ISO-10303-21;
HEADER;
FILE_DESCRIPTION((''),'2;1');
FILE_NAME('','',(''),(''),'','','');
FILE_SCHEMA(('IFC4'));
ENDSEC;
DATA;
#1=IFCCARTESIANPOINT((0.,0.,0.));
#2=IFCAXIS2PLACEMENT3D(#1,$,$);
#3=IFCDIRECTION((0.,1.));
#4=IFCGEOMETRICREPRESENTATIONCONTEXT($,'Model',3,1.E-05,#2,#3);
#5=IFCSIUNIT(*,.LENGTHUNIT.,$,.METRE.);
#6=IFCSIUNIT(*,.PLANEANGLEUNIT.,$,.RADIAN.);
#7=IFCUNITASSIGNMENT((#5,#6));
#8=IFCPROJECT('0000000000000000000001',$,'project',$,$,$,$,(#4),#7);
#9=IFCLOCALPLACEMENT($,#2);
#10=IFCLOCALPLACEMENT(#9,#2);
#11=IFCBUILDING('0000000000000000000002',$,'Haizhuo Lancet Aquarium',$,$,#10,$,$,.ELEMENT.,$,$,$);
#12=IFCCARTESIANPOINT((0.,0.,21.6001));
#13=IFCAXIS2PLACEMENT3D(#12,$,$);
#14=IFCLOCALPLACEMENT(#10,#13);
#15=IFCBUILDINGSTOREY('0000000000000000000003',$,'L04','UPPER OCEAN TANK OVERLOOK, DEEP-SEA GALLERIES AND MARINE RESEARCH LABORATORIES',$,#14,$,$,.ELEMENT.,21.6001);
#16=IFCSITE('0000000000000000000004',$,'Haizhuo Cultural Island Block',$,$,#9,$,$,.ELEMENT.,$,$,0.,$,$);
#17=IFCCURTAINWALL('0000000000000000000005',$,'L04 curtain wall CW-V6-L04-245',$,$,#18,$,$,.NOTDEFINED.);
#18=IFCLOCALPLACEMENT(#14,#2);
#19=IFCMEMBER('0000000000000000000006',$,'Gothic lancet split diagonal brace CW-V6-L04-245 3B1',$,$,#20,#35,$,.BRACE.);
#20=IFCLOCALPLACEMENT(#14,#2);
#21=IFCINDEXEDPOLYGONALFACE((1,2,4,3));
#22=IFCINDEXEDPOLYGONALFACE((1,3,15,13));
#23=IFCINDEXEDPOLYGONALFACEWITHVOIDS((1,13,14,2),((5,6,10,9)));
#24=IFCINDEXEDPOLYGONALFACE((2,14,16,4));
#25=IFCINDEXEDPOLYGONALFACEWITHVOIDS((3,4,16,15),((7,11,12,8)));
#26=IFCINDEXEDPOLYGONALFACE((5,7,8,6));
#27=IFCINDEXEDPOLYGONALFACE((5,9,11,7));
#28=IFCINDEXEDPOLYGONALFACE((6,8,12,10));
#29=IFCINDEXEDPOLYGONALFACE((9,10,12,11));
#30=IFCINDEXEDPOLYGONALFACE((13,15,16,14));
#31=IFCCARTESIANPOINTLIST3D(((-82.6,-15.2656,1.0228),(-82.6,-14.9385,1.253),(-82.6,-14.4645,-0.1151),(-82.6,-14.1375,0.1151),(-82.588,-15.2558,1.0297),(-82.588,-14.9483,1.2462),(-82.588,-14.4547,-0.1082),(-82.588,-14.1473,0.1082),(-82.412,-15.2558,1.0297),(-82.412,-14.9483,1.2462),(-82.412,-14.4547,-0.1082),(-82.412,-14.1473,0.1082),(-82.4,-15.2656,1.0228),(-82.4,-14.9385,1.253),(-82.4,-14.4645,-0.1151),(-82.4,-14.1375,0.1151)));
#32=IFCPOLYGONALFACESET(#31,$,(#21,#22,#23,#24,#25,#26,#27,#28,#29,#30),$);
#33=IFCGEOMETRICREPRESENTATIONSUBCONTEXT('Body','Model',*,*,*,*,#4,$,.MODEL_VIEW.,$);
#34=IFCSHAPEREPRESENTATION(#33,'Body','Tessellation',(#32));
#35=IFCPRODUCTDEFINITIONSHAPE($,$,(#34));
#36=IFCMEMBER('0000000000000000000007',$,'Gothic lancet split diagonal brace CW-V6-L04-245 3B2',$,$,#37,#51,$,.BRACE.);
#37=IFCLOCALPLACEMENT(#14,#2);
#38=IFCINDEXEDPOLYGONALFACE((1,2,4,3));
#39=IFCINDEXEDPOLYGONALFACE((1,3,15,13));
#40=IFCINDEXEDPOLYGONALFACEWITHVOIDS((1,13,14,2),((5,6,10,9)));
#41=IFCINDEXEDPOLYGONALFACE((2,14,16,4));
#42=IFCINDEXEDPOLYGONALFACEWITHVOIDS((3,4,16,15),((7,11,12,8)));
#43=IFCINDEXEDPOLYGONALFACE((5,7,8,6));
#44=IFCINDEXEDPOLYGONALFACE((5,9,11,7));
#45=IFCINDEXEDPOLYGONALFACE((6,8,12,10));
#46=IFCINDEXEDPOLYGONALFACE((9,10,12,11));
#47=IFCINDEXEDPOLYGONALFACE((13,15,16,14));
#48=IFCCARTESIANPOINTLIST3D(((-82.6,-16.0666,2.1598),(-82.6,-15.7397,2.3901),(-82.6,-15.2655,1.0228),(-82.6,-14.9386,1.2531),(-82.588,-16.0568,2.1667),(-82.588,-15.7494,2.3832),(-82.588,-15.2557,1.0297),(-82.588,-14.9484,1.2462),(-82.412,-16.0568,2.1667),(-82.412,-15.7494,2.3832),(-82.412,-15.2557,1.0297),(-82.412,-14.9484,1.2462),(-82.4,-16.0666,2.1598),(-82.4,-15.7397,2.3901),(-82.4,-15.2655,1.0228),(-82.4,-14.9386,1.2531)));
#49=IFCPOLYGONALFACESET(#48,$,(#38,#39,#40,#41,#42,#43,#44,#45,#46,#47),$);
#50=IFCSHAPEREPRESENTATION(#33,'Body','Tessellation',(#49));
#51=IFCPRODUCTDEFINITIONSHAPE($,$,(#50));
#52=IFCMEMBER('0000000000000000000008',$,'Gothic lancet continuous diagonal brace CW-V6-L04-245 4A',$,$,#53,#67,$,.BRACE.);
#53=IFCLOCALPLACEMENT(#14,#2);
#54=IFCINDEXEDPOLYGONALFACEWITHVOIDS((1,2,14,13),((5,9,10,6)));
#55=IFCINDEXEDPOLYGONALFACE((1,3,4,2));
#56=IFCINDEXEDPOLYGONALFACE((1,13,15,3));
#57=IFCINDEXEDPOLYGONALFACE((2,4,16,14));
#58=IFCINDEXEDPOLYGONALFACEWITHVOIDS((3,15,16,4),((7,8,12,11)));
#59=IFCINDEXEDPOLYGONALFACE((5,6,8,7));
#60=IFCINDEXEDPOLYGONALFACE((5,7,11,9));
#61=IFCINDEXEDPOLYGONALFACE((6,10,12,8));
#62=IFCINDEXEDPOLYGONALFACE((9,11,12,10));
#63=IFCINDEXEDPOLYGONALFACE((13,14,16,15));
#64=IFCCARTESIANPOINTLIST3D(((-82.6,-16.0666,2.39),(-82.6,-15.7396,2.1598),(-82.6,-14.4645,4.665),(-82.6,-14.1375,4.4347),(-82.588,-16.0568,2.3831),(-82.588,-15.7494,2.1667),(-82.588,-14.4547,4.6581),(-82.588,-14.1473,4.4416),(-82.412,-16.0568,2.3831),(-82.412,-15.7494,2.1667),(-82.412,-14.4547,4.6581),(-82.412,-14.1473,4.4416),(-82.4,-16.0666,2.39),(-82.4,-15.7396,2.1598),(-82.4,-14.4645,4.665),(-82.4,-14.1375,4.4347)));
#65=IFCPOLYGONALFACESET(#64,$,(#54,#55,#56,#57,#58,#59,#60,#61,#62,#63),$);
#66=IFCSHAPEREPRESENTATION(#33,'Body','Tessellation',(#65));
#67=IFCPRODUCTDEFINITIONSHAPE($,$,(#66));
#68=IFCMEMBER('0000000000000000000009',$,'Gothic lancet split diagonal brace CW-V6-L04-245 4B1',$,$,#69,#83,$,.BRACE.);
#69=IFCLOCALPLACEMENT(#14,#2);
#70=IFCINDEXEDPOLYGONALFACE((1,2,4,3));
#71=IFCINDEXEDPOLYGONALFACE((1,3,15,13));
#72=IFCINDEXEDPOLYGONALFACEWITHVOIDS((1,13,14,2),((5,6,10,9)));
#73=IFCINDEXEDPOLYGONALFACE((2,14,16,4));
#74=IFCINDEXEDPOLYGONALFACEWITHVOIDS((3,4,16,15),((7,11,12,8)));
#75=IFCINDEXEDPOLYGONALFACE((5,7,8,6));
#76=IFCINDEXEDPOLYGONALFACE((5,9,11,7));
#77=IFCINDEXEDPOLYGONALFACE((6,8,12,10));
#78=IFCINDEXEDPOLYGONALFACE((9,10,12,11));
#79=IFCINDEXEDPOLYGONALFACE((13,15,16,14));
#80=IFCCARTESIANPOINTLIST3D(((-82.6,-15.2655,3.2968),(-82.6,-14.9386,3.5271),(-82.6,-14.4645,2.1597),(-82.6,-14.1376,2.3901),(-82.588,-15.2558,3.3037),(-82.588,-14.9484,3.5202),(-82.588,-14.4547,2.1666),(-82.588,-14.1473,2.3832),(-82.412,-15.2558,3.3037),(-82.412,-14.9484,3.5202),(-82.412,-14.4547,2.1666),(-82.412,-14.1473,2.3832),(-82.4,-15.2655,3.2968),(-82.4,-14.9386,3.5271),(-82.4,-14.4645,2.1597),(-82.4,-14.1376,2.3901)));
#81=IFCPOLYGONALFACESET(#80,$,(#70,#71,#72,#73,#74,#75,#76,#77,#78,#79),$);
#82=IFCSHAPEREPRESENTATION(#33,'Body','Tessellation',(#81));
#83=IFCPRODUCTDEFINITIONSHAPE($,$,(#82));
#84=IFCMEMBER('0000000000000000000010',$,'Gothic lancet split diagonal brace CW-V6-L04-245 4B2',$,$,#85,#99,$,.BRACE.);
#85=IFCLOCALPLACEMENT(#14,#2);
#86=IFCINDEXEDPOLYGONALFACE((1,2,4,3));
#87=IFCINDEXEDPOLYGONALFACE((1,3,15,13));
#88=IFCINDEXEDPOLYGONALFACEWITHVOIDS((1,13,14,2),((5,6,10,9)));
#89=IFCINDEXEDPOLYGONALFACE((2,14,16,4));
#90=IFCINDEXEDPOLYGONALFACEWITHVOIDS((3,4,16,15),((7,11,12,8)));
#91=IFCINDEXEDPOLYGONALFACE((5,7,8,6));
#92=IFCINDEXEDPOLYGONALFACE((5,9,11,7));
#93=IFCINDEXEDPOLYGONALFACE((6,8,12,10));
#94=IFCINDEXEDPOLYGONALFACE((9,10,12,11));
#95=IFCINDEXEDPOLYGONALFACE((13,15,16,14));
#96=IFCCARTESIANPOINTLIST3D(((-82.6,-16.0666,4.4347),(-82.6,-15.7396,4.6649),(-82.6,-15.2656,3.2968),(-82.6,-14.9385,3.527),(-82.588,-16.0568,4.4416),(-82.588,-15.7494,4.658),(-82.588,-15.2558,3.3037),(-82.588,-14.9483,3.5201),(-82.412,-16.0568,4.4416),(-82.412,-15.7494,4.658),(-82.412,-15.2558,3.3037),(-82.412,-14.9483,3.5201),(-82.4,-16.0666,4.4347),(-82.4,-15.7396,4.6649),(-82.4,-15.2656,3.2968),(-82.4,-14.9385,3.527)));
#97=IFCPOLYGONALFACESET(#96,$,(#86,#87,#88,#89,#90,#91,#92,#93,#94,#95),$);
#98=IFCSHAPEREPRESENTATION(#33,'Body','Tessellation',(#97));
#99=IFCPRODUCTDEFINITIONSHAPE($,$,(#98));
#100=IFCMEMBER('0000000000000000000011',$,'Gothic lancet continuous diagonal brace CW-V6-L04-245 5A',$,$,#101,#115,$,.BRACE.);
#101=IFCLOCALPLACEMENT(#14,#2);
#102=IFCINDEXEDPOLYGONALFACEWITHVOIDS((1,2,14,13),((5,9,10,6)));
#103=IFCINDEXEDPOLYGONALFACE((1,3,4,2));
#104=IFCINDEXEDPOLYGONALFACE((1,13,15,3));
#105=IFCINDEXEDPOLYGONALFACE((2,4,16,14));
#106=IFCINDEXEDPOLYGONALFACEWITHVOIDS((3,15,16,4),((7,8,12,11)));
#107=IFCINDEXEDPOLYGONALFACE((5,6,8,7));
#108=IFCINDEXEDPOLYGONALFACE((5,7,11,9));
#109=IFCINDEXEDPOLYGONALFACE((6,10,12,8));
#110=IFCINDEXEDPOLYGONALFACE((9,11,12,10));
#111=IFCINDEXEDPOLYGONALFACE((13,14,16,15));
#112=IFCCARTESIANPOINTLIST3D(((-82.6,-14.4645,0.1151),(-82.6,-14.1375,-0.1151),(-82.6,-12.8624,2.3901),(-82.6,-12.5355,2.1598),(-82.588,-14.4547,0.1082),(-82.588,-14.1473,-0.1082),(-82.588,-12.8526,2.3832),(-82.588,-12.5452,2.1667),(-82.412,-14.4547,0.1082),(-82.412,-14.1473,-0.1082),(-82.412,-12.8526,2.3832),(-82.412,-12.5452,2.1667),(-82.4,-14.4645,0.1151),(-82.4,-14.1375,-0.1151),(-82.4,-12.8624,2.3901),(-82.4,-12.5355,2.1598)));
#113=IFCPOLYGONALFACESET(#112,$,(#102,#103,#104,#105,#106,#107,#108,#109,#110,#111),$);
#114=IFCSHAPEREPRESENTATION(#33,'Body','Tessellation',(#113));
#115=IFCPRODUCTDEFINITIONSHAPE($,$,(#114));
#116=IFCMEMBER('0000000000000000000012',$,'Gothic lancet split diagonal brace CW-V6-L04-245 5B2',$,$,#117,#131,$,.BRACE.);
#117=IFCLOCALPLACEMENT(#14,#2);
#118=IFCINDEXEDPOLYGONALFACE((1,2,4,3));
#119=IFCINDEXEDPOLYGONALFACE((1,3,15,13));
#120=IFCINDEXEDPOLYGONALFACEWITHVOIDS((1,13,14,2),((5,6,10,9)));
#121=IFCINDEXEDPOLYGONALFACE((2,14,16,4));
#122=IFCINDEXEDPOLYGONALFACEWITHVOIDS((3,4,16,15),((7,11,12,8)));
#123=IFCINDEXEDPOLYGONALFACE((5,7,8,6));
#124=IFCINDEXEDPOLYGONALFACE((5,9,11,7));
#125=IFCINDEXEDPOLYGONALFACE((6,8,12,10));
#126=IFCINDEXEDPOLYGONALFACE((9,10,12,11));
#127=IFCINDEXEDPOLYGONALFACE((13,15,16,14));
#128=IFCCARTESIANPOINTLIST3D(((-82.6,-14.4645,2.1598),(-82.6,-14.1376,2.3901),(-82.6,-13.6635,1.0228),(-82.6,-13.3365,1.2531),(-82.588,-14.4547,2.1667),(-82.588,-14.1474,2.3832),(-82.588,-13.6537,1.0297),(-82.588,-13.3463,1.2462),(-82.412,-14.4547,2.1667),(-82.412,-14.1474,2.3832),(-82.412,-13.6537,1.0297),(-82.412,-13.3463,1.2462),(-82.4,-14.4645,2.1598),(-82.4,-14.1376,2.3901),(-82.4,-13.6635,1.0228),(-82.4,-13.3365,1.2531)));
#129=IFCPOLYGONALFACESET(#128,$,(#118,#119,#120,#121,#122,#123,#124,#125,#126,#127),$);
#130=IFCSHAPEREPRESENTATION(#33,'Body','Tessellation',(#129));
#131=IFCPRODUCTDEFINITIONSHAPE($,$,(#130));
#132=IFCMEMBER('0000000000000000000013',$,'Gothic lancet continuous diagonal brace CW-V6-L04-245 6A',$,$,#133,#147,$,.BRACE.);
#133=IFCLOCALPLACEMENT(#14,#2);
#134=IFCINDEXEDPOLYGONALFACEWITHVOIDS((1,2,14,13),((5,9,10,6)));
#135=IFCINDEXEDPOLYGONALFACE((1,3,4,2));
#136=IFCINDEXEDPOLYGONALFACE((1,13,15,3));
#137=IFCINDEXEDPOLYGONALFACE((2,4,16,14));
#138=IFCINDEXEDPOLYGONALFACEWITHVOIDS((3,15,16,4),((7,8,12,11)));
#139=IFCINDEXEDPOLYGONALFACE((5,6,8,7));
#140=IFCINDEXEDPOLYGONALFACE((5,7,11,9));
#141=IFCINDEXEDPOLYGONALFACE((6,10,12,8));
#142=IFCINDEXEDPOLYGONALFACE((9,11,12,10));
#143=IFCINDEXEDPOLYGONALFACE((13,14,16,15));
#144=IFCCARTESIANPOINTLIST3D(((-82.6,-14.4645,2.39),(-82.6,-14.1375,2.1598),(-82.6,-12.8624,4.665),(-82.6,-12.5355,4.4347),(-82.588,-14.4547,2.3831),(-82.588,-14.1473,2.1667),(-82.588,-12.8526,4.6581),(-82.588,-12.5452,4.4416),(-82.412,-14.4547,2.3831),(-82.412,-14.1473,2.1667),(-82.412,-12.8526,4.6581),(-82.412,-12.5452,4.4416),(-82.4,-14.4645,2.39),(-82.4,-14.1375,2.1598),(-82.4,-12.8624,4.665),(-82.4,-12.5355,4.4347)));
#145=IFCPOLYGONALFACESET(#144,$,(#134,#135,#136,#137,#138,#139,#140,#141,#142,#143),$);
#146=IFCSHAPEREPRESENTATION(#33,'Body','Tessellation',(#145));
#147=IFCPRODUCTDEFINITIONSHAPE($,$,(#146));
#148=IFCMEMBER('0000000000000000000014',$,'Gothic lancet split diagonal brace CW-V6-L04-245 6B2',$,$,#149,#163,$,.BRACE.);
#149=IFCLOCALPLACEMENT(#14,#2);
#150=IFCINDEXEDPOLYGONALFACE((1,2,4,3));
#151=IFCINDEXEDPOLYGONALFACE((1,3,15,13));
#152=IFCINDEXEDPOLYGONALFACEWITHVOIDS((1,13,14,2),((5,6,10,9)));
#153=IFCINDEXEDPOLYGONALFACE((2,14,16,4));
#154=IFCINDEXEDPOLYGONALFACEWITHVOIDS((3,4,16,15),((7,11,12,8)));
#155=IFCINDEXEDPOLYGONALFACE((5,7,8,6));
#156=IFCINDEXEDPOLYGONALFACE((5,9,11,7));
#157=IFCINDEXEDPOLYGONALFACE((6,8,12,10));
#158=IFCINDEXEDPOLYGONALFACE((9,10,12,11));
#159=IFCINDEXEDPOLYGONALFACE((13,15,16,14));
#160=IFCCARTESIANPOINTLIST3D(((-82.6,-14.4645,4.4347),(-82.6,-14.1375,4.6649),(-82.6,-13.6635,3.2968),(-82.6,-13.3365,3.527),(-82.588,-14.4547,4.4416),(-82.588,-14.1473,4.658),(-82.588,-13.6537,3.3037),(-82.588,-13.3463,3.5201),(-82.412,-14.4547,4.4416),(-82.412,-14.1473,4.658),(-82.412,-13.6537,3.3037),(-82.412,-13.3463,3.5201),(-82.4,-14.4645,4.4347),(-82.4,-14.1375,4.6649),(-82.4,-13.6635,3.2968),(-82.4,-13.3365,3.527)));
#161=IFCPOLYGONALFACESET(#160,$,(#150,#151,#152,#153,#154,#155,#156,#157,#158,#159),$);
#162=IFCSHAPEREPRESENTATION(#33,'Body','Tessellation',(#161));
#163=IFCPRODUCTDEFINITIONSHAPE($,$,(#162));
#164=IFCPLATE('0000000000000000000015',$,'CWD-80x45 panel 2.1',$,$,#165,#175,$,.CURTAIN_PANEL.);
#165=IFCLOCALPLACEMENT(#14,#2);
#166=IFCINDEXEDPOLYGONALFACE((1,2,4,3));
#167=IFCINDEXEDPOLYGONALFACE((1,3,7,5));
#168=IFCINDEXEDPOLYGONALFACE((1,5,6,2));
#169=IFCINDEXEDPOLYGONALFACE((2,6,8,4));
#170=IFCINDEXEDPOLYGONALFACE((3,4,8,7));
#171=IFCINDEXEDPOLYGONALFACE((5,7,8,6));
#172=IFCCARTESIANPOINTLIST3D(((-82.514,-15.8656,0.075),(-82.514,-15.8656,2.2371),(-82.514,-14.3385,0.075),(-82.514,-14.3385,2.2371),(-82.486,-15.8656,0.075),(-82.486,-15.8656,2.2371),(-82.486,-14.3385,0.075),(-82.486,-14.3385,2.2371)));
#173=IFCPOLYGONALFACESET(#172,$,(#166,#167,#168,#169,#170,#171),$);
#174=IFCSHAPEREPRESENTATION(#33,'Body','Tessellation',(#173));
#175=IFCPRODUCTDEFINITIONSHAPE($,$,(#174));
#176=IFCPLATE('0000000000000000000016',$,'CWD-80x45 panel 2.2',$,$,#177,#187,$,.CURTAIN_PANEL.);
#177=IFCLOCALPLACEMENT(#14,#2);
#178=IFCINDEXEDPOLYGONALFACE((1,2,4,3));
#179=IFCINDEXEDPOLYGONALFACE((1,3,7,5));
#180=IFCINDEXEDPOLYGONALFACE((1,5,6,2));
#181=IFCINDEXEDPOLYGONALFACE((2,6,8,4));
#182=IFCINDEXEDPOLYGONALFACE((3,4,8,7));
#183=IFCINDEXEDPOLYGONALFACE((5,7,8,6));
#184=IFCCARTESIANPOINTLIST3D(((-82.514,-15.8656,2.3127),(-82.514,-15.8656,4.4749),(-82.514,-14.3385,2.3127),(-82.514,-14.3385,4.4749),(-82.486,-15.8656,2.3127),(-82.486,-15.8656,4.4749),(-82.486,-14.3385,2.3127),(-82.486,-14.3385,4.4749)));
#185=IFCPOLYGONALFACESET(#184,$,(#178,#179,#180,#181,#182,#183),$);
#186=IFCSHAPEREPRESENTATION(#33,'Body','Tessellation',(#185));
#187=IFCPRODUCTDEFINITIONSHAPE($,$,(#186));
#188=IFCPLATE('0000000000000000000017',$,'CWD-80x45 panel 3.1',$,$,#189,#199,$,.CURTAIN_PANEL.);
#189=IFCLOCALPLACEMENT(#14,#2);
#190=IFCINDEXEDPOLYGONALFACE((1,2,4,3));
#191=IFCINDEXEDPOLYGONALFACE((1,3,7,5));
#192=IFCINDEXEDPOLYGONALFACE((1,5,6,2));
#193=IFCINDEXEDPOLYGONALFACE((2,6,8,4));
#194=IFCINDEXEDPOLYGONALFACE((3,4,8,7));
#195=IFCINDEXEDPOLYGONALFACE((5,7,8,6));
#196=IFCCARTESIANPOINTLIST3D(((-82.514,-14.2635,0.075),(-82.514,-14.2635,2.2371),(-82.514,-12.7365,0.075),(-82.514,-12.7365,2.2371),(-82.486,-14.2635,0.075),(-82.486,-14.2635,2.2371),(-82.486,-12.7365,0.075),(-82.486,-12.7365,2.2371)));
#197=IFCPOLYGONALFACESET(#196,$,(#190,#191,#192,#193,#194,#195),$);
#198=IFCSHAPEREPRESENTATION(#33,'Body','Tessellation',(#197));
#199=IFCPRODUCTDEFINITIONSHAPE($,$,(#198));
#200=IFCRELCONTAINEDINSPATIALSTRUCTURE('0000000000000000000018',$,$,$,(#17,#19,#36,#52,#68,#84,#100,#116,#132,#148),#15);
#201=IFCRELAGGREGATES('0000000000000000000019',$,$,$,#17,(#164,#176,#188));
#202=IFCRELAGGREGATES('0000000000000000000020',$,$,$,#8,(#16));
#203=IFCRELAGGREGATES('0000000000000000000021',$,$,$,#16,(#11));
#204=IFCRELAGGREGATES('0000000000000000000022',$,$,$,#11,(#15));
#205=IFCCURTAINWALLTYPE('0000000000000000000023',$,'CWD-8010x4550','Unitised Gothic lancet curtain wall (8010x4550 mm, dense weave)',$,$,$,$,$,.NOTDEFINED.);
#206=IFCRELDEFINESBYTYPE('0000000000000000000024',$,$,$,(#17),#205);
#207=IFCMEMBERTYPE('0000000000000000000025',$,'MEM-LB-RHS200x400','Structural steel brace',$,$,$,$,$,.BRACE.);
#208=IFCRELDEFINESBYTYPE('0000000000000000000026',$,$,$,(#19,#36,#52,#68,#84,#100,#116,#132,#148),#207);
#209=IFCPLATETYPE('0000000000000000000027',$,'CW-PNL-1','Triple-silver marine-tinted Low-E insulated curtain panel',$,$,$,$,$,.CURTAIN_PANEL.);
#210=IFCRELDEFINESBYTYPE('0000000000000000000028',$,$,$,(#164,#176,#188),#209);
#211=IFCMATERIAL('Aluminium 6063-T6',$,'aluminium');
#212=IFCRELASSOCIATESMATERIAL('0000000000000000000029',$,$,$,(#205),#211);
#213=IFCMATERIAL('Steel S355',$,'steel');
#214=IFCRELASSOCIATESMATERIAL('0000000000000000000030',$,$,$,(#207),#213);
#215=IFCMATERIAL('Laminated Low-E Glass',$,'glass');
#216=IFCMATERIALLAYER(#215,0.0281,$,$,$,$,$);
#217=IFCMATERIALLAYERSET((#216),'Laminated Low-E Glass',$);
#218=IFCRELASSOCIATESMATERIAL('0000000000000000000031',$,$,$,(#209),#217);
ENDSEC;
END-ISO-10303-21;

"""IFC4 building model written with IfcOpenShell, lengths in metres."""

from ifc_helpers import new_model, si_unit, direction, frame, origin, origin_2d, place, context, subcontext, project, spatial, rectangle, hollow_rectangle, extrude, material, layer, layer_set, material_profile, profile_set, type_object, element, aggregate, save


model = new_model("IFC4")

# Units and contexts
model_context = context("Model", 3, precision=1e-05, world=origin(), true_north=direction((0.0, 1.0)))
body_context = subcontext(model_context, "Body", "Model", "MODEL_VIEW")
ifc_project = project(units=[si_unit("LENGTHUNIT", "METRE"), si_unit("PLANEANGLEUNIT", "RADIAN")], contexts=[model_context])

# Site, building, storey
site_placement = place(None, origin())
site = spatial("IfcSite", under=ifc_project, at=site_placement, Name="Haizhuo Cultural Island Block", CompositionType="ELEMENT", RefElevation=0.0)
building_placement = place(site_placement, origin())
building = spatial("IfcBuilding", under=site, at=building_placement, Name="Haizhuo Lancet Aquarium", CompositionType="ELEMENT")
storey_placement = place(building_placement, frame((0.0, 0.0, 21.6001)))
storey = spatial("IfcBuildingStorey", under=building, at=storey_placement, Name="L04", Description="UPPER OCEAN TANK OVERLOOK, DEEP-SEA GALLERIES AND MARINE RESEARCH LABORATORIES", CompositionType="ELEMENT", Elevation=21.6001)

# Curtain wall
ifc_material_1 = material(Name="Aluminium 6063-T6", Category="aluminium")
curtain_wall_type = type_object("IfcCurtainWallType", Name="CWD-8010x4550", Description="Unitised Gothic lancet curtain wall (8010x4550 mm, dense weave)", PredefinedType="NOTDEFINED", material=ifc_material_1)
curtain_wall_placement = place(storey_placement, origin())
curtain_wall = element("IfcCurtainWall", 1, at=curtain_wall_placement, inside=storey, type_object=curtain_wall_type, Name="L04 curtain wall CW-V6-L04-245", PredefinedType="NOTDEFINED")

# Shared definitions
ifc_material_2 = material(Name="Steel S355", Category="steel")

# Members
ifc_material_profile_1 = material_profile(ifc_material_2, hollow_rectangle(XDim=0.2, YDim=0.3999, WallThickness=0.012, at=origin_2d()), Name="RHS 200x400x12")
ifc_profile_set_1 = profile_set([ifc_material_profile_1], Name="Steel S355")
member_type_1 = type_object("IfcMemberType", Name="MEM-LB-RHS200x400", Description="Structural steel brace", PredefinedType="BRACE", material=ifc_profile_set_1)
member_1_placement = place(storey_placement, frame((-82.5, -14.301, 0.0), z_axis=(0.0, -0.575615, 0.817721), x_axis=(1.0, 0.0, 0.0)))
element("IfcMember", 2, at=member_1_placement, inside=storey, type_object=member_type_1, Name="Gothic lancet split diagonal brace CW-V6-L04-245 3B1", PredefinedType="BRACE", context=body_context, shape_type="SweptSolid", body=[
    extrude(hollow_rectangle(XDim=0.2, YDim=0.3999, WallThickness=0.012, at=origin_2d()), origin(), (0.0, 0.0, 1.0), 1.3916),
])
member_2_placement = place(storey_placement, frame((-82.5, -15.1021, 1.1379), z_axis=(0.0, -0.575946, 0.817488), x_axis=(1.0, 0.0, 0.0)))
element("IfcMember", 3, at=member_2_placement, inside=storey, type_object=member_type_1, Name="Gothic lancet split diagonal brace CW-V6-L04-245 3B2", PredefinedType="BRACE", context=body_context, shape_type="SweptSolid", body=[
    extrude(hollow_rectangle(XDim=0.2, YDim=0.3999, WallThickness=0.012, at=origin_2d()), origin(), (0.0, 0.0, 1.0), 1.3909),
])
member_3_placement = place(storey_placement, frame((-82.5, -15.9031, 2.2749), z_axis=(0.0, 0.57578, 0.817604), x_axis=(-1.0, 0.0, 0.0)))
element("IfcMember", 4, at=member_3_placement, inside=storey, type_object=member_type_1, Name="Gothic lancet continuous diagonal brace CW-V6-L04-245 4A", PredefinedType="BRACE", context=body_context, shape_type="SweptSolid", body=[
    extrude(hollow_rectangle(XDim=0.2, YDim=0.3999, WallThickness=0.012, at=origin_2d()), origin(), (0.0, 0.0, 1.0), 2.7825),
])
member_4_placement = place(storey_placement, frame((-82.5, -14.301, 2.2749), z_axis=(0.0, -0.575946, 0.817488), x_axis=(1.0, 0.0, 0.0)))
element("IfcMember", 5, at=member_4_placement, inside=storey, type_object=member_type_1, Name="Gothic lancet split diagonal brace CW-V6-L04-245 4B1", PredefinedType="BRACE", context=body_context, shape_type="SweptSolid", body=[
    extrude(hollow_rectangle(XDim=0.2, YDim=0.3999, WallThickness=0.012, at=origin_2d()), origin(), (0.0, 0.0, 1.0), 1.3909),
])
member_5_placement = place(storey_placement, frame((-82.5, -15.1021, 3.4119), z_axis=(0.0, -0.575615, 0.817721), x_axis=(1.0, 0.0, 0.0)))
element("IfcMember", 6, at=member_5_placement, inside=storey, type_object=member_type_1, Name="Gothic lancet split diagonal brace CW-V6-L04-245 4B2", PredefinedType="BRACE", context=body_context, shape_type="SweptSolid", body=[
    extrude(hollow_rectangle(XDim=0.2, YDim=0.3999, WallThickness=0.012, at=origin_2d()), origin(), (0.0, 0.0, 1.0), 1.3916),
])
member_6_placement = place(storey_placement, frame((-82.5, -14.301, 0.0), z_axis=(0.0, 0.57578, 0.817604), x_axis=(-1.0, 0.0, 0.0)))
element("IfcMember", 7, at=member_6_placement, inside=storey, type_object=member_type_1, Name="Gothic lancet continuous diagonal brace CW-V6-L04-245 5A", PredefinedType="BRACE", context=body_context, shape_type="SweptSolid", body=[
    extrude(hollow_rectangle(XDim=0.2, YDim=0.3999, WallThickness=0.012, at=origin_2d()), origin(), (0.0, 0.0, 1.0), 2.7825),
])
member_7_placement = place(storey_placement, frame((-82.5, -13.5, 1.1379), z_axis=(0.0, -0.575946, 0.817488), x_axis=(1.0, 0.0, 0.0)))
element("IfcMember", 8, at=member_7_placement, inside=storey, type_object=member_type_1, Name="Gothic lancet split diagonal brace CW-V6-L04-245 5B2", PredefinedType="BRACE", context=body_context, shape_type="SweptSolid", body=[
    extrude(hollow_rectangle(XDim=0.2, YDim=0.3999, WallThickness=0.012, at=origin_2d()), origin(), (0.0, 0.0, 1.0), 1.3909),
])
member_8_placement = place(storey_placement, frame((-82.5, -14.301, 2.2749), z_axis=(0.0, 0.57578, 0.817604), x_axis=(-1.0, 0.0, 0.0)))
element("IfcMember", 9, at=member_8_placement, inside=storey, type_object=member_type_1, Name="Gothic lancet continuous diagonal brace CW-V6-L04-245 6A", PredefinedType="BRACE", context=body_context, shape_type="SweptSolid", body=[
    extrude(hollow_rectangle(XDim=0.2, YDim=0.3999, WallThickness=0.012, at=origin_2d()), origin(), (0.0, 0.0, 1.0), 2.7825),
])
member_9_placement = place(storey_placement, frame((-82.5, -13.5, 3.4119), z_axis=(0.0, -0.575615, 0.817721), x_axis=(1.0, 0.0, 0.0)))
element("IfcMember", 10, at=member_9_placement, inside=storey, type_object=member_type_1, Name="Gothic lancet split diagonal brace CW-V6-L04-245 6B2", PredefinedType="BRACE", context=body_context, shape_type="SweptSolid", body=[
    extrude(hollow_rectangle(XDim=0.2, YDim=0.3999, WallThickness=0.012, at=origin_2d()), origin(), (0.0, 0.0, 1.0), 1.3916),
])

# Plates
ifc_material_3 = material(Name="Laminated Low-E Glass", Category="glass")
ifc_layer = layer(ifc_material_3, 0.0281)
ifc_layer_set = layer_set([ifc_layer], Name="Laminated Low-E Glass")
plate_type = type_object("IfcPlateType", Name="CW-PNL-1", Description="Triple-silver marine-tinted Low-E insulated curtain panel", PredefinedType="CURTAIN_PANEL", material=ifc_layer_set)
plate_1_placement = place(storey_placement, frame((-82.5, -15.1021, 0.075), z_axis=(0.0, 0.0, 1.0), x_axis=(0.0, 1.0, 0.0)))
plate_1 = element("IfcPlate", 11, at=plate_1_placement, type_object=plate_type, Name="CWD-80x45 panel 2.1", PredefinedType="CURTAIN_PANEL", context=body_context, shape_type="SweptSolid", body=[
    extrude(rectangle(XDim=1.5271, YDim=0.0281, at=origin_2d()), origin(), (0.0, 0.0, 1.0), 2.1621),
])
plate_2_placement = place(storey_placement, frame((-82.5, -15.1021, 2.3127), z_axis=(0.0, 0.0, 1.0), x_axis=(0.0, 1.0, 0.0)))
plate_2 = element("IfcPlate", 12, at=plate_2_placement, type_object=plate_type, Name="CWD-80x45 panel 2.2", PredefinedType="CURTAIN_PANEL", context=body_context, shape_type="SweptSolid", body=[
    extrude(rectangle(XDim=1.5271, YDim=0.0281, at=origin_2d()), origin(), (0.0, 0.0, 1.0), 2.1621),
])
plate_3_placement = place(storey_placement, frame((-82.5, -13.5, 0.075), z_axis=(0.0, 0.0, 1.0), x_axis=(0.0, 1.0, 0.0)))
plate_3 = element("IfcPlate", 13, at=plate_3_placement, type_object=plate_type, Name="CWD-80x45 panel 3.1", PredefinedType="CURTAIN_PANEL", context=body_context, shape_type="SweptSolid", body=[
    extrude(rectangle(XDim=1.5271, YDim=0.0281, at=origin_2d()), origin(), (0.0, 0.0, 1.0), 2.1621),
])
aggregate(curtain_wall, [plate_1, plate_2, plate_3])

save(model, "model.ifc")
